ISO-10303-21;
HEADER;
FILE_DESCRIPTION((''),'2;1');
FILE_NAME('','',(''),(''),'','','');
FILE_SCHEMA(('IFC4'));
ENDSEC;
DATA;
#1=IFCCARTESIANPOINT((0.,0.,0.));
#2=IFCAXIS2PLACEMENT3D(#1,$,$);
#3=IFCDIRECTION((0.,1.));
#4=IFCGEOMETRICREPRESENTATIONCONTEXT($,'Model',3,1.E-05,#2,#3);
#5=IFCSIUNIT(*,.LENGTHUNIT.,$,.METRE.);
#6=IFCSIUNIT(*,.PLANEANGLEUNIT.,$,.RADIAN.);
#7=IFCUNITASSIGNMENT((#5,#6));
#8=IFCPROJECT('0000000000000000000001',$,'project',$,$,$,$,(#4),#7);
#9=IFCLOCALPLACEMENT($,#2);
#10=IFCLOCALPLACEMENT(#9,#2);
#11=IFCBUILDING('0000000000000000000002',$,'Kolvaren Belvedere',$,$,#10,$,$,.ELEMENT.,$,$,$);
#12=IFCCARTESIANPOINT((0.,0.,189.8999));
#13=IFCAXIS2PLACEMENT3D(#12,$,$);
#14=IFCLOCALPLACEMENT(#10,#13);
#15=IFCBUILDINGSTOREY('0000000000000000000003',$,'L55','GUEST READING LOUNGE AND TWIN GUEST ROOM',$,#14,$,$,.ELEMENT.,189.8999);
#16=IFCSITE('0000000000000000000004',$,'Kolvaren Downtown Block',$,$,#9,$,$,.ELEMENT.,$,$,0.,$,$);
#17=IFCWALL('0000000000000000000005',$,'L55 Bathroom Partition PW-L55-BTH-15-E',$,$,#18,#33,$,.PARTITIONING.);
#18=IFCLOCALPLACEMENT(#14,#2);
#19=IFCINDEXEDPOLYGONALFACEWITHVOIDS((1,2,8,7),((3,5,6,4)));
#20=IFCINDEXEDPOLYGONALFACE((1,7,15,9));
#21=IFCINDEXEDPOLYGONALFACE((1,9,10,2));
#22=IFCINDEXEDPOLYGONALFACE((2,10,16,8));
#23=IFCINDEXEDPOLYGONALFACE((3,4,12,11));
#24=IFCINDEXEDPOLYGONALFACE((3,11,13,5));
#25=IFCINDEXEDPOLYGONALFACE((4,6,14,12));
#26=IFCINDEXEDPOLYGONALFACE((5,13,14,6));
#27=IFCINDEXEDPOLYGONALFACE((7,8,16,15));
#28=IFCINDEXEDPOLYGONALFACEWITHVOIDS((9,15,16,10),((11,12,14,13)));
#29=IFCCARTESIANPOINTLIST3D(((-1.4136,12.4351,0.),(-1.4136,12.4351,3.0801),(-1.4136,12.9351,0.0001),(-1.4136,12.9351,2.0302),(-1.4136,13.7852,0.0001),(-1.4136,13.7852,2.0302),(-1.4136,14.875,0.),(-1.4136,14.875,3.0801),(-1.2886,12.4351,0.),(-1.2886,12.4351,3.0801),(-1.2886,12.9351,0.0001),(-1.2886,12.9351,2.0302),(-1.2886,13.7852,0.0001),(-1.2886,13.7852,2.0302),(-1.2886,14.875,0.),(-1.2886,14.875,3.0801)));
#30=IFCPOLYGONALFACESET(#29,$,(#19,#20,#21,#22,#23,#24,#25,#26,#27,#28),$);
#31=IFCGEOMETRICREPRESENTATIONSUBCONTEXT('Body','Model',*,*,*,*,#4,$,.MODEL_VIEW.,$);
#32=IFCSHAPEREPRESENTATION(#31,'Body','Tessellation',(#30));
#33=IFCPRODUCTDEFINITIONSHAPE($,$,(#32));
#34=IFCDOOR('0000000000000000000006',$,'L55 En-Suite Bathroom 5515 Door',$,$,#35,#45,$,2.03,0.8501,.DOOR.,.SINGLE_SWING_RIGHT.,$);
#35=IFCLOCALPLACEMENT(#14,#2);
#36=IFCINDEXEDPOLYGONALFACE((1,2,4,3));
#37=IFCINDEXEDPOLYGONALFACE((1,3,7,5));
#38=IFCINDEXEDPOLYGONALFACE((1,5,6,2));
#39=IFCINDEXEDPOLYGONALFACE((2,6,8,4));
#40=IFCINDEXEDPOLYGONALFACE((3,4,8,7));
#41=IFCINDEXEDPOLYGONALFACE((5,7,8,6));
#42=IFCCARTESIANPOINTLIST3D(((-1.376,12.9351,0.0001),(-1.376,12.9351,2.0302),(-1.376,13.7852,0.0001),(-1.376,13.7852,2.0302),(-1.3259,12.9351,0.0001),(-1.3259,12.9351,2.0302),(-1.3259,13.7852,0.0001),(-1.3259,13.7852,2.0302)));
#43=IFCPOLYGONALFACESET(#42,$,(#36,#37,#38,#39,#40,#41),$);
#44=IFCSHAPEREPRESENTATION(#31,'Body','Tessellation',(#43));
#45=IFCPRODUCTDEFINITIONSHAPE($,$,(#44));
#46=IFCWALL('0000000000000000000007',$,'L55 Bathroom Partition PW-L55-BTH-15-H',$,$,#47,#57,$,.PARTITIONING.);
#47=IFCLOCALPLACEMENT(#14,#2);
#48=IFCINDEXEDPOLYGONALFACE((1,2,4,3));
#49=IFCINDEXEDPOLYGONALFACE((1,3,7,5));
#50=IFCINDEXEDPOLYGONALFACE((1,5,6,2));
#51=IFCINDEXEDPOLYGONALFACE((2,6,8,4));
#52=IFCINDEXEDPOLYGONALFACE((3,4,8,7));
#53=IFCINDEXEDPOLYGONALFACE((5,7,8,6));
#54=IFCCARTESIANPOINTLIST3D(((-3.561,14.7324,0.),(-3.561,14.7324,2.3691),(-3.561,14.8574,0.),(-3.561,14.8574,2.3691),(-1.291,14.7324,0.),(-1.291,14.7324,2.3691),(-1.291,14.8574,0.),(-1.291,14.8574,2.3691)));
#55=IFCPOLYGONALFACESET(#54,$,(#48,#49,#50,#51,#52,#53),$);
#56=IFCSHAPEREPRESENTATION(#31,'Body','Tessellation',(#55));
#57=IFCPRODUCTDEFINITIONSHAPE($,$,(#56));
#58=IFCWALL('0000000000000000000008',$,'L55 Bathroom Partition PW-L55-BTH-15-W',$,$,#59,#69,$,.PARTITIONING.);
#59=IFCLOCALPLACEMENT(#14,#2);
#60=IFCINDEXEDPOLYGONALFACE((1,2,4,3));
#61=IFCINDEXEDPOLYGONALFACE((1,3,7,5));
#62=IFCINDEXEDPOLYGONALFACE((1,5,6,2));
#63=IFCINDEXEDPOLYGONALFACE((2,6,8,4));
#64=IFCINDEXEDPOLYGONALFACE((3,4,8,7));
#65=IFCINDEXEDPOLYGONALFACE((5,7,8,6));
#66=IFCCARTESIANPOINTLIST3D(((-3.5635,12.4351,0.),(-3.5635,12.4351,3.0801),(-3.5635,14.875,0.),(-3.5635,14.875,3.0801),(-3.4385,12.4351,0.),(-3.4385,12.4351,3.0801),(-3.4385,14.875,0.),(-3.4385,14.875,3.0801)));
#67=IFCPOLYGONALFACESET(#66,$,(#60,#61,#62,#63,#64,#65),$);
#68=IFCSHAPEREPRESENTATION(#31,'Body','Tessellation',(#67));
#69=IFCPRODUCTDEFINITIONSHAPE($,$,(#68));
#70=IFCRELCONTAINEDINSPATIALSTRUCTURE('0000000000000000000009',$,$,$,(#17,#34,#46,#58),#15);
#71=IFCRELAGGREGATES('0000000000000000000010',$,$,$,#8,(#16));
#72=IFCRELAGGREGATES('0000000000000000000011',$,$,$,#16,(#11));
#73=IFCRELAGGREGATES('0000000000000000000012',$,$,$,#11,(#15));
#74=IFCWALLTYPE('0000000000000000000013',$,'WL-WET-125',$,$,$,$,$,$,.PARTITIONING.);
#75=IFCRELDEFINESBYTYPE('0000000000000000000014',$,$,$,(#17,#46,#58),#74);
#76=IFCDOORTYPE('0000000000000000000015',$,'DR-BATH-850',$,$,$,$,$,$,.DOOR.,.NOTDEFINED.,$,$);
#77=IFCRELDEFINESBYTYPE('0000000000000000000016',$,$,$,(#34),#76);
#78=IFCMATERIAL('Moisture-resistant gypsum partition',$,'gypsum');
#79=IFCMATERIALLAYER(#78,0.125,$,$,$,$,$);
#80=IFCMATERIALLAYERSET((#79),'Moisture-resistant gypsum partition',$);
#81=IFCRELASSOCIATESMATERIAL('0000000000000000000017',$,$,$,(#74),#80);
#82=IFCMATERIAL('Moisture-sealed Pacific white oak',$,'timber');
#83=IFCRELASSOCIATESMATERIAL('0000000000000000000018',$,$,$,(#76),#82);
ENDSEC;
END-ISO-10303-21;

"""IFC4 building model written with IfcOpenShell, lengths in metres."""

from ifc_helpers import new_model, si_unit, direction, frame, frame_2d, origin, place, context, subcontext, project, spatial, rectangle, extrude, material, layer, layer_set, type_object, element, fill, save


model = new_model("IFC4")

# Units and contexts
model_context = context("Model", 3, precision=1e-05, world=origin(), true_north=direction((0.0, 1.0)))
body_context = subcontext(model_context, "Body", "Model", "MODEL_VIEW")
ifc_project = project(units=[si_unit("LENGTHUNIT", "METRE"), si_unit("PLANEANGLEUNIT", "RADIAN")], contexts=[model_context])

# Site, building, storey
site_placement = place(None, origin())
site = spatial("IfcSite", under=ifc_project, at=site_placement, Name="Kolvaren Downtown Block", CompositionType="ELEMENT", RefElevation=0.0)
building_placement = place(site_placement, origin())
building = spatial("IfcBuilding", under=site, at=building_placement, Name="Kolvaren Belvedere", CompositionType="ELEMENT")
storey_placement = place(building_placement, frame((0.0, 0.0, 189.8999)))
storey = spatial("IfcBuildingStorey", under=building, at=storey_placement, Name="L55", Description="GUEST READING LOUNGE AND TWIN GUEST ROOM", CompositionType="ELEMENT", Elevation=189.8999)

# Wall, opening, door
ifc_material_1 = material(Name="Moisture-resistant gypsum partition", Category="gypsum")
ifc_layer_1 = layer(ifc_material_1, 0.125)
ifc_layer_set_1 = layer_set([ifc_layer_1], Name="Moisture-resistant gypsum partition")
wall_type_1 = type_object("IfcWallType", Name="WL-WET-125", PredefinedType="PARTITIONING", material=ifc_layer_set_1)
wall_1_placement = place(storey_placement, frame((-1.3511, 12.4351, 0.0), z_axis=(0.0, 0.0, 1.0), x_axis=(0.0, 1.0, 0.0)))
wall_1 = element("IfcWall", 1, at=wall_1_placement, inside=storey, type_object=wall_type_1, Name="L55 Bathroom Partition PW-L55-BTH-15-E", PredefinedType="PARTITIONING", context=body_context, shape_type="SweptSolid", body=[
    extrude(rectangle(XDim=2.4399, YDim=0.125, at=frame_2d((1.22, 0.0))), origin(), (0.0, 0.0, 1.0), 3.0801),
])
opening_1_placement = place(wall_1_placement, frame((0.5, 0.0, 0.0)))
opening_1 = element("IfcOpeningElement", 2, at=opening_1_placement, cuts=wall_1, PredefinedType="OPENING", context=body_context, shape_type="SweptSolid", body=[
    extrude(rectangle(XDim=0.8501, YDim=2.03, at=frame_2d((0.425, 1.0151))), frame((0.0, 0.0725, 0.0), z_axis=(0.0, -1.0, 0.0), x_axis=(1.0, 0.0, 0.0)), (0.0, 0.0, 1.0), 0.145),
])
ifc_material_2 = material(Name="Moisture-sealed Pacific white oak", Category="timber")
door_type_1 = type_object("IfcDoorType", Name="DR-BATH-850", OperationType="NOTDEFINED", PredefinedType="DOOR", material=ifc_material_2)
door_1_placement = place(opening_1_placement, origin())
door_1 = element("IfcDoor", 3, at=door_1_placement, inside=storey, type_object=door_type_1, Name="L55 En-Suite Bathroom 5515 Door", OperationType="SINGLE_SWING_RIGHT", OverallHeight=2.03, OverallWidth=0.8501, PredefinedType="DOOR", context=body_context, shape_type="SweptSolid", body=[
    extrude(rectangle(XDim=0.8501, YDim=2.03, at=frame_2d((0.425, 1.0151))), frame((0.0, 0.0249, 0.0), z_axis=(0.0, -1.0, 0.0), x_axis=(1.0, 0.0, 0.0)), (0.0, 0.0, 1.0), 0.05),
])
fill(opening_1, door_1)

# Walls
wall_2_placement = place(storey_placement, frame((-3.561, 14.7949, 0.0), z_axis=(0.0, 0.0, 1.0), x_axis=(1.0, 0.0, 0.0)))
element("IfcWall", 4, at=wall_2_placement, inside=storey, type_object=wall_type_1, Name="L55 Bathroom Partition PW-L55-BTH-15-H", PredefinedType="PARTITIONING", context=body_context, shape_type="SweptSolid", body=[
    extrude(rectangle(XDim=2.27, YDim=0.125, at=frame_2d((1.135, 0.0))), origin(), (0.0, 0.0, 1.0), 2.3691),
])
wall_3_placement = place(storey_placement, frame((-3.501, 12.4351, 0.0), z_axis=(0.0, 0.0, 1.0), x_axis=(0.0, 1.0, 0.0)))
element("IfcWall", 5, at=wall_3_placement, inside=storey, type_object=wall_type_1, Name="L55 Bathroom Partition PW-L55-BTH-15-W", PredefinedType="PARTITIONING", context=body_context, shape_type="SweptSolid", body=[
    extrude(rectangle(XDim=2.4399, YDim=0.125, at=frame_2d((1.22, 0.0))), origin(), (0.0, 0.0, 1.0), 3.0801),
])

save(model, "model.ifc")
